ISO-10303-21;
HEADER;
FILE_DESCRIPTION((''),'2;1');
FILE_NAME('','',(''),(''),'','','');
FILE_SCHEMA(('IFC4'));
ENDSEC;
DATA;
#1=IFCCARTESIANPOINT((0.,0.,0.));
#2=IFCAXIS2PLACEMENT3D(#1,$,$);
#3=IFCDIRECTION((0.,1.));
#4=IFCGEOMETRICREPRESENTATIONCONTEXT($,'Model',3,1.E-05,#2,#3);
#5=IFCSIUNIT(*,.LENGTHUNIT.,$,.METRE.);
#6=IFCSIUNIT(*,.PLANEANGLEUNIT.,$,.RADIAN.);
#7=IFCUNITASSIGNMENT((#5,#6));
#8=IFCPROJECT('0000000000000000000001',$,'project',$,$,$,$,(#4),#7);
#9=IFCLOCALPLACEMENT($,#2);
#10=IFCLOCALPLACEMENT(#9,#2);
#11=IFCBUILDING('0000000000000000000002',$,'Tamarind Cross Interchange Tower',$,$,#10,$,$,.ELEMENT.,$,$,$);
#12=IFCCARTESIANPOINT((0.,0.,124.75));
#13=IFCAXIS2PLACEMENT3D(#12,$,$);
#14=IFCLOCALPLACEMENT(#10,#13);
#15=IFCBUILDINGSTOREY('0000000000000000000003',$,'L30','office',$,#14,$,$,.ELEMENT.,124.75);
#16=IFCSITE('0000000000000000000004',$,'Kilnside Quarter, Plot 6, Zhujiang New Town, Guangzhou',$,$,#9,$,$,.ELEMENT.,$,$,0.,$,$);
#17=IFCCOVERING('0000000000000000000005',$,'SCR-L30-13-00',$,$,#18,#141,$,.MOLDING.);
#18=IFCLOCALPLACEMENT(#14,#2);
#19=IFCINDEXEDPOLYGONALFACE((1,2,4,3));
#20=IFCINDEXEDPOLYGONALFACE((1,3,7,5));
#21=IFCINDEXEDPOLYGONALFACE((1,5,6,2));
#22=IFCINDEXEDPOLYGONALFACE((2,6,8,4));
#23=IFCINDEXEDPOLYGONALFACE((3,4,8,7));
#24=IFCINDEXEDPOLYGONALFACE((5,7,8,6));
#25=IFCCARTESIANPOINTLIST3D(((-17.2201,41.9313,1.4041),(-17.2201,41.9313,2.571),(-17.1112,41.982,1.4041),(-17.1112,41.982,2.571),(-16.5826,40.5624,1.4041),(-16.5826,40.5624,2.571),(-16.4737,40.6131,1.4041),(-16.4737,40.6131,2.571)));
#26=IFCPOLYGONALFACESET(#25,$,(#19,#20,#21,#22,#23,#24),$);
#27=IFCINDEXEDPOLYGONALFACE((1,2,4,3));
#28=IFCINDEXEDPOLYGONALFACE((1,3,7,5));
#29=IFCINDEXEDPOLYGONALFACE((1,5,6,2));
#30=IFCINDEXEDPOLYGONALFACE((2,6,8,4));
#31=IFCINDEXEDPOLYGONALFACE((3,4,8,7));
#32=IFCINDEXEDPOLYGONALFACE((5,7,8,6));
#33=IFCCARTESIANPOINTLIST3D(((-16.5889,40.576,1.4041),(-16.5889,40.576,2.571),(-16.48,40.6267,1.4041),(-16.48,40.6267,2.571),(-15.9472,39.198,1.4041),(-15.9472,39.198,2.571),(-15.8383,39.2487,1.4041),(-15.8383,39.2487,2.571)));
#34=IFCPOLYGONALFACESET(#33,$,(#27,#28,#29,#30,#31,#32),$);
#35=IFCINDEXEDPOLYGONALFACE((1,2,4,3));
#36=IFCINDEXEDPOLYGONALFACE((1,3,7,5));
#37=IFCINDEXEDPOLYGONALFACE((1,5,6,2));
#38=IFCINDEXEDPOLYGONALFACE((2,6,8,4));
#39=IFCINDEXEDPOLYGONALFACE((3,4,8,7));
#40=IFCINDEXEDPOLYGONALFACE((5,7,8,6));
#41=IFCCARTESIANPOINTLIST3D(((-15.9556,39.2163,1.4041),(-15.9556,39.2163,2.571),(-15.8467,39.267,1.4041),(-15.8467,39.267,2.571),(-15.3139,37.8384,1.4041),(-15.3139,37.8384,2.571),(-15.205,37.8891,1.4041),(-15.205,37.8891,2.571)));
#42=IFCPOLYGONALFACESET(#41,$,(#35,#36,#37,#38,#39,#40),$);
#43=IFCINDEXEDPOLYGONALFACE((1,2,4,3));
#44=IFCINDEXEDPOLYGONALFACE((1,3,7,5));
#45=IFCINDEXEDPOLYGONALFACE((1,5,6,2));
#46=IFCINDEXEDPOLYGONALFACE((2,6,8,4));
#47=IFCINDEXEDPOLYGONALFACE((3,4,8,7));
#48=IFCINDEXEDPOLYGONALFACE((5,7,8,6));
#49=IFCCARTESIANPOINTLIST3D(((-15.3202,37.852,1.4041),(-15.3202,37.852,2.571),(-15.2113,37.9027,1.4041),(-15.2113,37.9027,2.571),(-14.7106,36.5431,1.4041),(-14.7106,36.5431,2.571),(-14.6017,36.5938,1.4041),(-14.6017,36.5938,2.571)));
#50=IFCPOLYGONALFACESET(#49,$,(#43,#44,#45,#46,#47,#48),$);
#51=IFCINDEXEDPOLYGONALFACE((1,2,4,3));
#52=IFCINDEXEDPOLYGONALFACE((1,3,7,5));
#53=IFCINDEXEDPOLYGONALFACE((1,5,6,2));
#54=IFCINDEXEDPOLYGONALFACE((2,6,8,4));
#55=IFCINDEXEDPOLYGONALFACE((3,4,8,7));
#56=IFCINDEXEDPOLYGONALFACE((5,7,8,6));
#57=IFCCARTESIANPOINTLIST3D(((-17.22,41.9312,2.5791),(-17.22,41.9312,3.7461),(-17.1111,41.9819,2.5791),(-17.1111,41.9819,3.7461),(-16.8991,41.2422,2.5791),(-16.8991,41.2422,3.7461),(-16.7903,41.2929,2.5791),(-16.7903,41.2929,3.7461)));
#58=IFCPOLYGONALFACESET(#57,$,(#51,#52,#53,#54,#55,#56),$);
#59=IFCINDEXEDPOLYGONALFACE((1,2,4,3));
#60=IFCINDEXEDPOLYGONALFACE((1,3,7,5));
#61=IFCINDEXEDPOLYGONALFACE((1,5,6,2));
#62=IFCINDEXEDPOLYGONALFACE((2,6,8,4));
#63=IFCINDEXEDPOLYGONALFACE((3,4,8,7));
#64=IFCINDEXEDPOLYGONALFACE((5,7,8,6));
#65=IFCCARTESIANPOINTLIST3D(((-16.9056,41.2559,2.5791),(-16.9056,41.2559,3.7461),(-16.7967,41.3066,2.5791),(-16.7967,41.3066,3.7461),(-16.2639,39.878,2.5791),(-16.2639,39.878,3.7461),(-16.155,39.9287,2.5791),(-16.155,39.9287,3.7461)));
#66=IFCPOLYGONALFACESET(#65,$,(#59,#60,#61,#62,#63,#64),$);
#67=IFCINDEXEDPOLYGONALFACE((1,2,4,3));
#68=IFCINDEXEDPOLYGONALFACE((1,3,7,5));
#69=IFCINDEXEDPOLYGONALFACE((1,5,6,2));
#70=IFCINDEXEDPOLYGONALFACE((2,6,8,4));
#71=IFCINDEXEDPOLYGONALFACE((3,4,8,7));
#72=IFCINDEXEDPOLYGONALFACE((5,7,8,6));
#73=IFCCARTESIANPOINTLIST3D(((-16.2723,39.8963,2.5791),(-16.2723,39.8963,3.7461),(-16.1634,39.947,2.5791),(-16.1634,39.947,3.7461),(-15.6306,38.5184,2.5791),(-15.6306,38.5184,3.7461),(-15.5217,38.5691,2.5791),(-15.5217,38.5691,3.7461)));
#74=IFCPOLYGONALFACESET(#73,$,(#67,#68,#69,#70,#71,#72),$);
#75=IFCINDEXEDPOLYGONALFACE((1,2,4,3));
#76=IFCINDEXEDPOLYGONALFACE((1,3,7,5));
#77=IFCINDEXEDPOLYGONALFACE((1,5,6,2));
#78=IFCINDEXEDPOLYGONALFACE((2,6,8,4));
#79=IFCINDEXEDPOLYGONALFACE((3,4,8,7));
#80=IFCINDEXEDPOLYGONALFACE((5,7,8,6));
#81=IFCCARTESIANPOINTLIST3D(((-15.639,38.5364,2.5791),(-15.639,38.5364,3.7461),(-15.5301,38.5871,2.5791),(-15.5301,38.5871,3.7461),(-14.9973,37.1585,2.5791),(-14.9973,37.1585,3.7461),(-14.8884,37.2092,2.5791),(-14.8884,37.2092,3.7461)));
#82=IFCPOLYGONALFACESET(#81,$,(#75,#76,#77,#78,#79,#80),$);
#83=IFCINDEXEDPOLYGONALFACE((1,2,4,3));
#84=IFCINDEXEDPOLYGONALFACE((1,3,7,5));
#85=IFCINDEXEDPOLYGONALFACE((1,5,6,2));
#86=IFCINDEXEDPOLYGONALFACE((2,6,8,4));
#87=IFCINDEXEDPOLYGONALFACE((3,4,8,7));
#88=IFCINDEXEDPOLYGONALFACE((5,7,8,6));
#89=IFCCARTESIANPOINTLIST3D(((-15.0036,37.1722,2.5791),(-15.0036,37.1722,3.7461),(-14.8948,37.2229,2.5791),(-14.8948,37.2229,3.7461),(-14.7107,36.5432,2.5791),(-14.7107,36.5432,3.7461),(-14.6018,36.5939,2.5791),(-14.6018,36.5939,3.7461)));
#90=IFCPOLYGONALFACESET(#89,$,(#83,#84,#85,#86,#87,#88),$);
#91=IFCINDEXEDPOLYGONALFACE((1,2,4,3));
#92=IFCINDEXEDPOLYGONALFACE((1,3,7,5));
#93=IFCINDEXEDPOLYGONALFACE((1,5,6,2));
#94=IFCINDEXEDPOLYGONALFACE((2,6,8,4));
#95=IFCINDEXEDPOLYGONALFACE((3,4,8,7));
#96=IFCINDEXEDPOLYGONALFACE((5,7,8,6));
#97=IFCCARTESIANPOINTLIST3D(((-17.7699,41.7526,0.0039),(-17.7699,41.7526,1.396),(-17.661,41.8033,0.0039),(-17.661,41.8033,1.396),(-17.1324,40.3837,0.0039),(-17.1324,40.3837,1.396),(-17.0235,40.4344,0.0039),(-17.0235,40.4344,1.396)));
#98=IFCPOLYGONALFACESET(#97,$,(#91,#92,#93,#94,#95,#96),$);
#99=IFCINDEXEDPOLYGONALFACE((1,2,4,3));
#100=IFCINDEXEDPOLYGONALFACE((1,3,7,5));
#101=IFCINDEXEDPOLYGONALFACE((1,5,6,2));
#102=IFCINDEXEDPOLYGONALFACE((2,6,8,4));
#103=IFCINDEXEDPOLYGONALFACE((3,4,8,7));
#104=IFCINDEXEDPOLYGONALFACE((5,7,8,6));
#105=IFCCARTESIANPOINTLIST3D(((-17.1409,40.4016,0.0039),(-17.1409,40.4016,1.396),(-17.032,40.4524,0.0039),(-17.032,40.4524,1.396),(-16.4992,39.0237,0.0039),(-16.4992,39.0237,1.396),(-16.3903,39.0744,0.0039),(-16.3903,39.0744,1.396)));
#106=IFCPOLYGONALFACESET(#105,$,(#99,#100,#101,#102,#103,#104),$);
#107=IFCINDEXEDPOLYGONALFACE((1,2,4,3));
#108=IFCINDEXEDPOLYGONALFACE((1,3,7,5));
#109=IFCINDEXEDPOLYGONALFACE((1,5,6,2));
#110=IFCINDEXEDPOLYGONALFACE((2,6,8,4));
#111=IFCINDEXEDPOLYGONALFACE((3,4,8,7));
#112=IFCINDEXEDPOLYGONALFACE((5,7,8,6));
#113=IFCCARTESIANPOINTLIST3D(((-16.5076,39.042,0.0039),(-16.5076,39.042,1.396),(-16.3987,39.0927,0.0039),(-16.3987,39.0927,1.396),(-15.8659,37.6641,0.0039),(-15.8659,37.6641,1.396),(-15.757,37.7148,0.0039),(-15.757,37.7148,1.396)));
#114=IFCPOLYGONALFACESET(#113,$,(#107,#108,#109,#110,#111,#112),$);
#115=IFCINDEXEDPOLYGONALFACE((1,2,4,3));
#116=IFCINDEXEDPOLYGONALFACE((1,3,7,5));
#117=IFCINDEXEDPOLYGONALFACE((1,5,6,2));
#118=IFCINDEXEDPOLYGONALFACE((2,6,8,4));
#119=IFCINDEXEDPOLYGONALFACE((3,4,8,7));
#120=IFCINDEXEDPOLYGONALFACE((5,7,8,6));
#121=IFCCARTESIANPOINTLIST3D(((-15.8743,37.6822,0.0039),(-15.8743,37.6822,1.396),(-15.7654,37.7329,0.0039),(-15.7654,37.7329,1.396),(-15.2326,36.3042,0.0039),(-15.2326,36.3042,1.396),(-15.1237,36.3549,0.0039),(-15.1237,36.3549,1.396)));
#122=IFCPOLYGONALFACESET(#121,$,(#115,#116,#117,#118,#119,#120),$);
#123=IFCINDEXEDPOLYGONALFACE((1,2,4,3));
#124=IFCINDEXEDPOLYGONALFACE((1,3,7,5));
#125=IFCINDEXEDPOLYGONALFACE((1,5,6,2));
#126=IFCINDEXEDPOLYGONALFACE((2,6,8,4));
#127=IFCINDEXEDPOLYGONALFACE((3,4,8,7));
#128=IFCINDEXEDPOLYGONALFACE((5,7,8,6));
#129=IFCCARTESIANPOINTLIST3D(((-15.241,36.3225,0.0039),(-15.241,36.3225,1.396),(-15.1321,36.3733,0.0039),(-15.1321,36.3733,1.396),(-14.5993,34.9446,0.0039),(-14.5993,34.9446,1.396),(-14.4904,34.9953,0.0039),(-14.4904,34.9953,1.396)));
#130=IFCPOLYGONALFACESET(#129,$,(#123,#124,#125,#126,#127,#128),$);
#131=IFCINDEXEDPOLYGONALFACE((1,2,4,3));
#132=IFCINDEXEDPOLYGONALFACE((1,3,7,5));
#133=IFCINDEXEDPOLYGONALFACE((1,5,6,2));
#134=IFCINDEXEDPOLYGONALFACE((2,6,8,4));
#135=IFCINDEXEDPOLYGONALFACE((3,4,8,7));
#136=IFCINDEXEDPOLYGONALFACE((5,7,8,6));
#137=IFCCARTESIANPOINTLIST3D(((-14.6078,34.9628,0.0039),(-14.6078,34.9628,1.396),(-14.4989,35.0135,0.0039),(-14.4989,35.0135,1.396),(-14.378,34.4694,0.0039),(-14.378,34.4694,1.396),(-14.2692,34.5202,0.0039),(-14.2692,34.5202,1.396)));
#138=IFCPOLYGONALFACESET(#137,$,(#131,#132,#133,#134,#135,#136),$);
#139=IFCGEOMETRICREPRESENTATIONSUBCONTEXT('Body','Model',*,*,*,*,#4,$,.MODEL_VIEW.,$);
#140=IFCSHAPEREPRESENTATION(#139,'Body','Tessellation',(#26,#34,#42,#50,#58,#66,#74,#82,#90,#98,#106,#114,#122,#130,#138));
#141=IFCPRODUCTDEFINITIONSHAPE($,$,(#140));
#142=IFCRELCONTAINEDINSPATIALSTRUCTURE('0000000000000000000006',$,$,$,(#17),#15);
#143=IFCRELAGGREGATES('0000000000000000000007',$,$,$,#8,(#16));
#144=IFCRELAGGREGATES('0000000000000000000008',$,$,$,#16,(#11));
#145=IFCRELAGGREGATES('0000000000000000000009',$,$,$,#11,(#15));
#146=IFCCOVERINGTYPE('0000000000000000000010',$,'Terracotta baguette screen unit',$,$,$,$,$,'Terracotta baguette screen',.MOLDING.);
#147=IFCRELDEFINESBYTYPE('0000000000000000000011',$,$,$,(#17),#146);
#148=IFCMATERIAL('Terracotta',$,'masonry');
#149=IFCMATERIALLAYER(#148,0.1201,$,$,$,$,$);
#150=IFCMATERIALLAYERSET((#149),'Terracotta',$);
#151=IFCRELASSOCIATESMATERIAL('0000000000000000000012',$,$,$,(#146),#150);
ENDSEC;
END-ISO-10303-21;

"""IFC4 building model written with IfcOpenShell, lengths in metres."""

from ifc_helpers import new_model, si_unit, direction, frame, origin, origin_2d, place, context, subcontext, project, spatial, rectangle, extrude, material, layer, layer_set, type_object, element, save


model = new_model("IFC4")

# Units and contexts
model_context = context("Model", 3, precision=1e-05, world=origin(), true_north=direction((0.0, 1.0)))
body_context = subcontext(model_context, "Body", "Model", "MODEL_VIEW")
ifc_project = project(units=[si_unit("LENGTHUNIT", "METRE"), si_unit("PLANEANGLEUNIT", "RADIAN")], contexts=[model_context])

# Site, building, storey
site_placement = place(None, origin())
site = spatial("IfcSite", under=ifc_project, at=site_placement, Name="Kilnside Quarter, Plot 6, Zhujiang New Town, Guangzhou", CompositionType="ELEMENT", RefElevation=0.0)
building_placement = place(site_placement, origin())
building = spatial("IfcBuilding", under=site, at=building_placement, Name="Tamarind Cross Interchange Tower", CompositionType="ELEMENT")
storey_placement = place(building_placement, frame((0.0, 0.0, 124.75)))
storey = spatial("IfcBuildingStorey", under=building, at=storey_placement, Name="L30", Description="office", CompositionType="ELEMENT", Elevation=124.75)

# Covering
ifc_material_1 = material(Name="Terracotta", Category="masonry")
ifc_layer_1 = layer(ifc_material_1, 0.1201)
ifc_layer_set_1 = layer_set([ifc_layer_1], Name="Terracotta")
covering_type = type_object("IfcCoveringType", Name="Terracotta baguette screen unit", ElementType="Terracotta baguette screen", PredefinedType="MOLDING", material=ifc_layer_set_1)
covering_1_placement = place(storey_placement, origin())
element("IfcCovering", 1, at=covering_1_placement, inside=storey, type_object=covering_type, Name="SCR-L30-13-00", PredefinedType="MOLDING", context=body_context, shape_type="SweptSolid", body=[
    extrude(rectangle(XDim=1.51, YDim=0.1201, at=origin_2d()), frame((-16.8469, 41.2722, 1.4041), z_axis=(0.0, 0.0, 1.0), x_axis=(0.422174, -0.906515, 0.0)), (0.0, 0.0, 1.0), 1.167),
    extrude(rectangle(XDim=1.52, YDim=0.1201, at=origin_2d()), frame((-16.2136, 39.9124, 1.4041), z_axis=(0.0, 0.0, 1.0), x_axis=(0.422174, -0.906515, 0.0)), (0.0, 0.0, 1.0), 1.167),
    extrude(rectangle(XDim=1.52, YDim=0.1201, at=origin_2d()), frame((-15.5803, 38.5527, 1.4041), z_axis=(0.0, 0.0, 1.0), x_axis=(0.422174, -0.906515, 0.0)), (0.0, 0.0, 1.0), 1.167),
    extrude(rectangle(XDim=1.4438, YDim=0.1201, at=origin_2d()), frame((-14.9609, 37.2229, 1.4041), z_axis=(0.0, 0.0, 1.0), x_axis=(0.422174, -0.906515, 0.0)), (0.0, 0.0, 1.0), 1.167),
    extrude(rectangle(XDim=0.76, YDim=0.1201, at=origin_2d()), frame((-17.0051, 41.6121, 2.5791), z_axis=(0.0, 0.0, 1.0), x_axis=(0.422174, -0.906515, 0.0)), (0.0, 0.0, 1.0), 1.167),
    extrude(rectangle(XDim=1.52, YDim=0.1201, at=origin_2d()), frame((-16.5303, 40.5923, 2.5791), z_axis=(0.0, 0.0, 1.0), x_axis=(0.422174, -0.906515, 0.0)), (0.0, 0.0, 1.0), 1.167),
    extrude(rectangle(XDim=1.52, YDim=0.1201, at=origin_2d()), frame((-15.897, 39.2327, 2.5791), z_axis=(0.0, 0.0, 1.0), x_axis=(0.422174, -0.906515, 0.0)), (0.0, 0.0, 1.0), 1.167),
    extrude(rectangle(XDim=1.52, YDim=0.1201, at=origin_2d()), frame((-15.2637, 37.8728, 2.5791), z_axis=(0.0, 0.0, 1.0), x_axis=(0.422174, -0.906515, 0.0)), (0.0, 0.0, 1.0), 1.167),
    extrude(rectangle(XDim=0.6938, YDim=0.1201, at=origin_2d()), frame((-14.8027, 36.8831, 2.5791), z_axis=(0.0, 0.0, 1.0), x_axis=(0.422174, -0.906515, 0.0)), (0.0, 0.0, 1.0), 1.167),
    extrude(rectangle(XDim=1.51, YDim=0.1201, at=origin_2d()), frame((-17.3967, 41.0935, 0.0039), z_axis=(0.0, 0.0, 1.0), x_axis=(0.422174, -0.906515, 0.0)), (0.0, 0.0, 1.0), 1.3921),
    extrude(rectangle(XDim=1.52, YDim=0.1201, at=origin_2d()), frame((-16.7656, 39.738, 0.0039), z_axis=(0.0, 0.0, 1.0), x_axis=(0.422174, -0.906515, 0.0)), (0.0, 0.0, 1.0), 1.3921),
    extrude(rectangle(XDim=1.52, YDim=0.1201, at=origin_2d()), frame((-16.1323, 38.3784, 0.0039), z_axis=(0.0, 0.0, 1.0), x_axis=(0.422174, -0.906515, 0.0)), (0.0, 0.0, 1.0), 1.3921),
    extrude(rectangle(XDim=1.52, YDim=0.1201, at=origin_2d()), frame((-15.499, 37.0186, 0.0039), z_axis=(0.0, 0.0, 1.0), x_axis=(0.422174, -0.906515, 0.0)), (0.0, 0.0, 1.0), 1.3921),
    extrude(rectangle(XDim=1.52, YDim=0.1201, at=origin_2d()), frame((-14.8657, 35.6589, 0.0039), z_axis=(0.0, 0.0, 1.0), x_axis=(0.422174, -0.906515, 0.0)), (0.0, 0.0, 1.0), 1.3921),
    extrude(rectangle(XDim=0.5442, YDim=0.1201, at=origin_2d()), frame((-14.4385, 34.7415, 0.0039), z_axis=(0.0, 0.0, 1.0), x_axis=(0.422174, -0.906515, 0.0)), (0.0, 0.0, 1.0), 1.3921),
])

save(model, "model.ifc")
